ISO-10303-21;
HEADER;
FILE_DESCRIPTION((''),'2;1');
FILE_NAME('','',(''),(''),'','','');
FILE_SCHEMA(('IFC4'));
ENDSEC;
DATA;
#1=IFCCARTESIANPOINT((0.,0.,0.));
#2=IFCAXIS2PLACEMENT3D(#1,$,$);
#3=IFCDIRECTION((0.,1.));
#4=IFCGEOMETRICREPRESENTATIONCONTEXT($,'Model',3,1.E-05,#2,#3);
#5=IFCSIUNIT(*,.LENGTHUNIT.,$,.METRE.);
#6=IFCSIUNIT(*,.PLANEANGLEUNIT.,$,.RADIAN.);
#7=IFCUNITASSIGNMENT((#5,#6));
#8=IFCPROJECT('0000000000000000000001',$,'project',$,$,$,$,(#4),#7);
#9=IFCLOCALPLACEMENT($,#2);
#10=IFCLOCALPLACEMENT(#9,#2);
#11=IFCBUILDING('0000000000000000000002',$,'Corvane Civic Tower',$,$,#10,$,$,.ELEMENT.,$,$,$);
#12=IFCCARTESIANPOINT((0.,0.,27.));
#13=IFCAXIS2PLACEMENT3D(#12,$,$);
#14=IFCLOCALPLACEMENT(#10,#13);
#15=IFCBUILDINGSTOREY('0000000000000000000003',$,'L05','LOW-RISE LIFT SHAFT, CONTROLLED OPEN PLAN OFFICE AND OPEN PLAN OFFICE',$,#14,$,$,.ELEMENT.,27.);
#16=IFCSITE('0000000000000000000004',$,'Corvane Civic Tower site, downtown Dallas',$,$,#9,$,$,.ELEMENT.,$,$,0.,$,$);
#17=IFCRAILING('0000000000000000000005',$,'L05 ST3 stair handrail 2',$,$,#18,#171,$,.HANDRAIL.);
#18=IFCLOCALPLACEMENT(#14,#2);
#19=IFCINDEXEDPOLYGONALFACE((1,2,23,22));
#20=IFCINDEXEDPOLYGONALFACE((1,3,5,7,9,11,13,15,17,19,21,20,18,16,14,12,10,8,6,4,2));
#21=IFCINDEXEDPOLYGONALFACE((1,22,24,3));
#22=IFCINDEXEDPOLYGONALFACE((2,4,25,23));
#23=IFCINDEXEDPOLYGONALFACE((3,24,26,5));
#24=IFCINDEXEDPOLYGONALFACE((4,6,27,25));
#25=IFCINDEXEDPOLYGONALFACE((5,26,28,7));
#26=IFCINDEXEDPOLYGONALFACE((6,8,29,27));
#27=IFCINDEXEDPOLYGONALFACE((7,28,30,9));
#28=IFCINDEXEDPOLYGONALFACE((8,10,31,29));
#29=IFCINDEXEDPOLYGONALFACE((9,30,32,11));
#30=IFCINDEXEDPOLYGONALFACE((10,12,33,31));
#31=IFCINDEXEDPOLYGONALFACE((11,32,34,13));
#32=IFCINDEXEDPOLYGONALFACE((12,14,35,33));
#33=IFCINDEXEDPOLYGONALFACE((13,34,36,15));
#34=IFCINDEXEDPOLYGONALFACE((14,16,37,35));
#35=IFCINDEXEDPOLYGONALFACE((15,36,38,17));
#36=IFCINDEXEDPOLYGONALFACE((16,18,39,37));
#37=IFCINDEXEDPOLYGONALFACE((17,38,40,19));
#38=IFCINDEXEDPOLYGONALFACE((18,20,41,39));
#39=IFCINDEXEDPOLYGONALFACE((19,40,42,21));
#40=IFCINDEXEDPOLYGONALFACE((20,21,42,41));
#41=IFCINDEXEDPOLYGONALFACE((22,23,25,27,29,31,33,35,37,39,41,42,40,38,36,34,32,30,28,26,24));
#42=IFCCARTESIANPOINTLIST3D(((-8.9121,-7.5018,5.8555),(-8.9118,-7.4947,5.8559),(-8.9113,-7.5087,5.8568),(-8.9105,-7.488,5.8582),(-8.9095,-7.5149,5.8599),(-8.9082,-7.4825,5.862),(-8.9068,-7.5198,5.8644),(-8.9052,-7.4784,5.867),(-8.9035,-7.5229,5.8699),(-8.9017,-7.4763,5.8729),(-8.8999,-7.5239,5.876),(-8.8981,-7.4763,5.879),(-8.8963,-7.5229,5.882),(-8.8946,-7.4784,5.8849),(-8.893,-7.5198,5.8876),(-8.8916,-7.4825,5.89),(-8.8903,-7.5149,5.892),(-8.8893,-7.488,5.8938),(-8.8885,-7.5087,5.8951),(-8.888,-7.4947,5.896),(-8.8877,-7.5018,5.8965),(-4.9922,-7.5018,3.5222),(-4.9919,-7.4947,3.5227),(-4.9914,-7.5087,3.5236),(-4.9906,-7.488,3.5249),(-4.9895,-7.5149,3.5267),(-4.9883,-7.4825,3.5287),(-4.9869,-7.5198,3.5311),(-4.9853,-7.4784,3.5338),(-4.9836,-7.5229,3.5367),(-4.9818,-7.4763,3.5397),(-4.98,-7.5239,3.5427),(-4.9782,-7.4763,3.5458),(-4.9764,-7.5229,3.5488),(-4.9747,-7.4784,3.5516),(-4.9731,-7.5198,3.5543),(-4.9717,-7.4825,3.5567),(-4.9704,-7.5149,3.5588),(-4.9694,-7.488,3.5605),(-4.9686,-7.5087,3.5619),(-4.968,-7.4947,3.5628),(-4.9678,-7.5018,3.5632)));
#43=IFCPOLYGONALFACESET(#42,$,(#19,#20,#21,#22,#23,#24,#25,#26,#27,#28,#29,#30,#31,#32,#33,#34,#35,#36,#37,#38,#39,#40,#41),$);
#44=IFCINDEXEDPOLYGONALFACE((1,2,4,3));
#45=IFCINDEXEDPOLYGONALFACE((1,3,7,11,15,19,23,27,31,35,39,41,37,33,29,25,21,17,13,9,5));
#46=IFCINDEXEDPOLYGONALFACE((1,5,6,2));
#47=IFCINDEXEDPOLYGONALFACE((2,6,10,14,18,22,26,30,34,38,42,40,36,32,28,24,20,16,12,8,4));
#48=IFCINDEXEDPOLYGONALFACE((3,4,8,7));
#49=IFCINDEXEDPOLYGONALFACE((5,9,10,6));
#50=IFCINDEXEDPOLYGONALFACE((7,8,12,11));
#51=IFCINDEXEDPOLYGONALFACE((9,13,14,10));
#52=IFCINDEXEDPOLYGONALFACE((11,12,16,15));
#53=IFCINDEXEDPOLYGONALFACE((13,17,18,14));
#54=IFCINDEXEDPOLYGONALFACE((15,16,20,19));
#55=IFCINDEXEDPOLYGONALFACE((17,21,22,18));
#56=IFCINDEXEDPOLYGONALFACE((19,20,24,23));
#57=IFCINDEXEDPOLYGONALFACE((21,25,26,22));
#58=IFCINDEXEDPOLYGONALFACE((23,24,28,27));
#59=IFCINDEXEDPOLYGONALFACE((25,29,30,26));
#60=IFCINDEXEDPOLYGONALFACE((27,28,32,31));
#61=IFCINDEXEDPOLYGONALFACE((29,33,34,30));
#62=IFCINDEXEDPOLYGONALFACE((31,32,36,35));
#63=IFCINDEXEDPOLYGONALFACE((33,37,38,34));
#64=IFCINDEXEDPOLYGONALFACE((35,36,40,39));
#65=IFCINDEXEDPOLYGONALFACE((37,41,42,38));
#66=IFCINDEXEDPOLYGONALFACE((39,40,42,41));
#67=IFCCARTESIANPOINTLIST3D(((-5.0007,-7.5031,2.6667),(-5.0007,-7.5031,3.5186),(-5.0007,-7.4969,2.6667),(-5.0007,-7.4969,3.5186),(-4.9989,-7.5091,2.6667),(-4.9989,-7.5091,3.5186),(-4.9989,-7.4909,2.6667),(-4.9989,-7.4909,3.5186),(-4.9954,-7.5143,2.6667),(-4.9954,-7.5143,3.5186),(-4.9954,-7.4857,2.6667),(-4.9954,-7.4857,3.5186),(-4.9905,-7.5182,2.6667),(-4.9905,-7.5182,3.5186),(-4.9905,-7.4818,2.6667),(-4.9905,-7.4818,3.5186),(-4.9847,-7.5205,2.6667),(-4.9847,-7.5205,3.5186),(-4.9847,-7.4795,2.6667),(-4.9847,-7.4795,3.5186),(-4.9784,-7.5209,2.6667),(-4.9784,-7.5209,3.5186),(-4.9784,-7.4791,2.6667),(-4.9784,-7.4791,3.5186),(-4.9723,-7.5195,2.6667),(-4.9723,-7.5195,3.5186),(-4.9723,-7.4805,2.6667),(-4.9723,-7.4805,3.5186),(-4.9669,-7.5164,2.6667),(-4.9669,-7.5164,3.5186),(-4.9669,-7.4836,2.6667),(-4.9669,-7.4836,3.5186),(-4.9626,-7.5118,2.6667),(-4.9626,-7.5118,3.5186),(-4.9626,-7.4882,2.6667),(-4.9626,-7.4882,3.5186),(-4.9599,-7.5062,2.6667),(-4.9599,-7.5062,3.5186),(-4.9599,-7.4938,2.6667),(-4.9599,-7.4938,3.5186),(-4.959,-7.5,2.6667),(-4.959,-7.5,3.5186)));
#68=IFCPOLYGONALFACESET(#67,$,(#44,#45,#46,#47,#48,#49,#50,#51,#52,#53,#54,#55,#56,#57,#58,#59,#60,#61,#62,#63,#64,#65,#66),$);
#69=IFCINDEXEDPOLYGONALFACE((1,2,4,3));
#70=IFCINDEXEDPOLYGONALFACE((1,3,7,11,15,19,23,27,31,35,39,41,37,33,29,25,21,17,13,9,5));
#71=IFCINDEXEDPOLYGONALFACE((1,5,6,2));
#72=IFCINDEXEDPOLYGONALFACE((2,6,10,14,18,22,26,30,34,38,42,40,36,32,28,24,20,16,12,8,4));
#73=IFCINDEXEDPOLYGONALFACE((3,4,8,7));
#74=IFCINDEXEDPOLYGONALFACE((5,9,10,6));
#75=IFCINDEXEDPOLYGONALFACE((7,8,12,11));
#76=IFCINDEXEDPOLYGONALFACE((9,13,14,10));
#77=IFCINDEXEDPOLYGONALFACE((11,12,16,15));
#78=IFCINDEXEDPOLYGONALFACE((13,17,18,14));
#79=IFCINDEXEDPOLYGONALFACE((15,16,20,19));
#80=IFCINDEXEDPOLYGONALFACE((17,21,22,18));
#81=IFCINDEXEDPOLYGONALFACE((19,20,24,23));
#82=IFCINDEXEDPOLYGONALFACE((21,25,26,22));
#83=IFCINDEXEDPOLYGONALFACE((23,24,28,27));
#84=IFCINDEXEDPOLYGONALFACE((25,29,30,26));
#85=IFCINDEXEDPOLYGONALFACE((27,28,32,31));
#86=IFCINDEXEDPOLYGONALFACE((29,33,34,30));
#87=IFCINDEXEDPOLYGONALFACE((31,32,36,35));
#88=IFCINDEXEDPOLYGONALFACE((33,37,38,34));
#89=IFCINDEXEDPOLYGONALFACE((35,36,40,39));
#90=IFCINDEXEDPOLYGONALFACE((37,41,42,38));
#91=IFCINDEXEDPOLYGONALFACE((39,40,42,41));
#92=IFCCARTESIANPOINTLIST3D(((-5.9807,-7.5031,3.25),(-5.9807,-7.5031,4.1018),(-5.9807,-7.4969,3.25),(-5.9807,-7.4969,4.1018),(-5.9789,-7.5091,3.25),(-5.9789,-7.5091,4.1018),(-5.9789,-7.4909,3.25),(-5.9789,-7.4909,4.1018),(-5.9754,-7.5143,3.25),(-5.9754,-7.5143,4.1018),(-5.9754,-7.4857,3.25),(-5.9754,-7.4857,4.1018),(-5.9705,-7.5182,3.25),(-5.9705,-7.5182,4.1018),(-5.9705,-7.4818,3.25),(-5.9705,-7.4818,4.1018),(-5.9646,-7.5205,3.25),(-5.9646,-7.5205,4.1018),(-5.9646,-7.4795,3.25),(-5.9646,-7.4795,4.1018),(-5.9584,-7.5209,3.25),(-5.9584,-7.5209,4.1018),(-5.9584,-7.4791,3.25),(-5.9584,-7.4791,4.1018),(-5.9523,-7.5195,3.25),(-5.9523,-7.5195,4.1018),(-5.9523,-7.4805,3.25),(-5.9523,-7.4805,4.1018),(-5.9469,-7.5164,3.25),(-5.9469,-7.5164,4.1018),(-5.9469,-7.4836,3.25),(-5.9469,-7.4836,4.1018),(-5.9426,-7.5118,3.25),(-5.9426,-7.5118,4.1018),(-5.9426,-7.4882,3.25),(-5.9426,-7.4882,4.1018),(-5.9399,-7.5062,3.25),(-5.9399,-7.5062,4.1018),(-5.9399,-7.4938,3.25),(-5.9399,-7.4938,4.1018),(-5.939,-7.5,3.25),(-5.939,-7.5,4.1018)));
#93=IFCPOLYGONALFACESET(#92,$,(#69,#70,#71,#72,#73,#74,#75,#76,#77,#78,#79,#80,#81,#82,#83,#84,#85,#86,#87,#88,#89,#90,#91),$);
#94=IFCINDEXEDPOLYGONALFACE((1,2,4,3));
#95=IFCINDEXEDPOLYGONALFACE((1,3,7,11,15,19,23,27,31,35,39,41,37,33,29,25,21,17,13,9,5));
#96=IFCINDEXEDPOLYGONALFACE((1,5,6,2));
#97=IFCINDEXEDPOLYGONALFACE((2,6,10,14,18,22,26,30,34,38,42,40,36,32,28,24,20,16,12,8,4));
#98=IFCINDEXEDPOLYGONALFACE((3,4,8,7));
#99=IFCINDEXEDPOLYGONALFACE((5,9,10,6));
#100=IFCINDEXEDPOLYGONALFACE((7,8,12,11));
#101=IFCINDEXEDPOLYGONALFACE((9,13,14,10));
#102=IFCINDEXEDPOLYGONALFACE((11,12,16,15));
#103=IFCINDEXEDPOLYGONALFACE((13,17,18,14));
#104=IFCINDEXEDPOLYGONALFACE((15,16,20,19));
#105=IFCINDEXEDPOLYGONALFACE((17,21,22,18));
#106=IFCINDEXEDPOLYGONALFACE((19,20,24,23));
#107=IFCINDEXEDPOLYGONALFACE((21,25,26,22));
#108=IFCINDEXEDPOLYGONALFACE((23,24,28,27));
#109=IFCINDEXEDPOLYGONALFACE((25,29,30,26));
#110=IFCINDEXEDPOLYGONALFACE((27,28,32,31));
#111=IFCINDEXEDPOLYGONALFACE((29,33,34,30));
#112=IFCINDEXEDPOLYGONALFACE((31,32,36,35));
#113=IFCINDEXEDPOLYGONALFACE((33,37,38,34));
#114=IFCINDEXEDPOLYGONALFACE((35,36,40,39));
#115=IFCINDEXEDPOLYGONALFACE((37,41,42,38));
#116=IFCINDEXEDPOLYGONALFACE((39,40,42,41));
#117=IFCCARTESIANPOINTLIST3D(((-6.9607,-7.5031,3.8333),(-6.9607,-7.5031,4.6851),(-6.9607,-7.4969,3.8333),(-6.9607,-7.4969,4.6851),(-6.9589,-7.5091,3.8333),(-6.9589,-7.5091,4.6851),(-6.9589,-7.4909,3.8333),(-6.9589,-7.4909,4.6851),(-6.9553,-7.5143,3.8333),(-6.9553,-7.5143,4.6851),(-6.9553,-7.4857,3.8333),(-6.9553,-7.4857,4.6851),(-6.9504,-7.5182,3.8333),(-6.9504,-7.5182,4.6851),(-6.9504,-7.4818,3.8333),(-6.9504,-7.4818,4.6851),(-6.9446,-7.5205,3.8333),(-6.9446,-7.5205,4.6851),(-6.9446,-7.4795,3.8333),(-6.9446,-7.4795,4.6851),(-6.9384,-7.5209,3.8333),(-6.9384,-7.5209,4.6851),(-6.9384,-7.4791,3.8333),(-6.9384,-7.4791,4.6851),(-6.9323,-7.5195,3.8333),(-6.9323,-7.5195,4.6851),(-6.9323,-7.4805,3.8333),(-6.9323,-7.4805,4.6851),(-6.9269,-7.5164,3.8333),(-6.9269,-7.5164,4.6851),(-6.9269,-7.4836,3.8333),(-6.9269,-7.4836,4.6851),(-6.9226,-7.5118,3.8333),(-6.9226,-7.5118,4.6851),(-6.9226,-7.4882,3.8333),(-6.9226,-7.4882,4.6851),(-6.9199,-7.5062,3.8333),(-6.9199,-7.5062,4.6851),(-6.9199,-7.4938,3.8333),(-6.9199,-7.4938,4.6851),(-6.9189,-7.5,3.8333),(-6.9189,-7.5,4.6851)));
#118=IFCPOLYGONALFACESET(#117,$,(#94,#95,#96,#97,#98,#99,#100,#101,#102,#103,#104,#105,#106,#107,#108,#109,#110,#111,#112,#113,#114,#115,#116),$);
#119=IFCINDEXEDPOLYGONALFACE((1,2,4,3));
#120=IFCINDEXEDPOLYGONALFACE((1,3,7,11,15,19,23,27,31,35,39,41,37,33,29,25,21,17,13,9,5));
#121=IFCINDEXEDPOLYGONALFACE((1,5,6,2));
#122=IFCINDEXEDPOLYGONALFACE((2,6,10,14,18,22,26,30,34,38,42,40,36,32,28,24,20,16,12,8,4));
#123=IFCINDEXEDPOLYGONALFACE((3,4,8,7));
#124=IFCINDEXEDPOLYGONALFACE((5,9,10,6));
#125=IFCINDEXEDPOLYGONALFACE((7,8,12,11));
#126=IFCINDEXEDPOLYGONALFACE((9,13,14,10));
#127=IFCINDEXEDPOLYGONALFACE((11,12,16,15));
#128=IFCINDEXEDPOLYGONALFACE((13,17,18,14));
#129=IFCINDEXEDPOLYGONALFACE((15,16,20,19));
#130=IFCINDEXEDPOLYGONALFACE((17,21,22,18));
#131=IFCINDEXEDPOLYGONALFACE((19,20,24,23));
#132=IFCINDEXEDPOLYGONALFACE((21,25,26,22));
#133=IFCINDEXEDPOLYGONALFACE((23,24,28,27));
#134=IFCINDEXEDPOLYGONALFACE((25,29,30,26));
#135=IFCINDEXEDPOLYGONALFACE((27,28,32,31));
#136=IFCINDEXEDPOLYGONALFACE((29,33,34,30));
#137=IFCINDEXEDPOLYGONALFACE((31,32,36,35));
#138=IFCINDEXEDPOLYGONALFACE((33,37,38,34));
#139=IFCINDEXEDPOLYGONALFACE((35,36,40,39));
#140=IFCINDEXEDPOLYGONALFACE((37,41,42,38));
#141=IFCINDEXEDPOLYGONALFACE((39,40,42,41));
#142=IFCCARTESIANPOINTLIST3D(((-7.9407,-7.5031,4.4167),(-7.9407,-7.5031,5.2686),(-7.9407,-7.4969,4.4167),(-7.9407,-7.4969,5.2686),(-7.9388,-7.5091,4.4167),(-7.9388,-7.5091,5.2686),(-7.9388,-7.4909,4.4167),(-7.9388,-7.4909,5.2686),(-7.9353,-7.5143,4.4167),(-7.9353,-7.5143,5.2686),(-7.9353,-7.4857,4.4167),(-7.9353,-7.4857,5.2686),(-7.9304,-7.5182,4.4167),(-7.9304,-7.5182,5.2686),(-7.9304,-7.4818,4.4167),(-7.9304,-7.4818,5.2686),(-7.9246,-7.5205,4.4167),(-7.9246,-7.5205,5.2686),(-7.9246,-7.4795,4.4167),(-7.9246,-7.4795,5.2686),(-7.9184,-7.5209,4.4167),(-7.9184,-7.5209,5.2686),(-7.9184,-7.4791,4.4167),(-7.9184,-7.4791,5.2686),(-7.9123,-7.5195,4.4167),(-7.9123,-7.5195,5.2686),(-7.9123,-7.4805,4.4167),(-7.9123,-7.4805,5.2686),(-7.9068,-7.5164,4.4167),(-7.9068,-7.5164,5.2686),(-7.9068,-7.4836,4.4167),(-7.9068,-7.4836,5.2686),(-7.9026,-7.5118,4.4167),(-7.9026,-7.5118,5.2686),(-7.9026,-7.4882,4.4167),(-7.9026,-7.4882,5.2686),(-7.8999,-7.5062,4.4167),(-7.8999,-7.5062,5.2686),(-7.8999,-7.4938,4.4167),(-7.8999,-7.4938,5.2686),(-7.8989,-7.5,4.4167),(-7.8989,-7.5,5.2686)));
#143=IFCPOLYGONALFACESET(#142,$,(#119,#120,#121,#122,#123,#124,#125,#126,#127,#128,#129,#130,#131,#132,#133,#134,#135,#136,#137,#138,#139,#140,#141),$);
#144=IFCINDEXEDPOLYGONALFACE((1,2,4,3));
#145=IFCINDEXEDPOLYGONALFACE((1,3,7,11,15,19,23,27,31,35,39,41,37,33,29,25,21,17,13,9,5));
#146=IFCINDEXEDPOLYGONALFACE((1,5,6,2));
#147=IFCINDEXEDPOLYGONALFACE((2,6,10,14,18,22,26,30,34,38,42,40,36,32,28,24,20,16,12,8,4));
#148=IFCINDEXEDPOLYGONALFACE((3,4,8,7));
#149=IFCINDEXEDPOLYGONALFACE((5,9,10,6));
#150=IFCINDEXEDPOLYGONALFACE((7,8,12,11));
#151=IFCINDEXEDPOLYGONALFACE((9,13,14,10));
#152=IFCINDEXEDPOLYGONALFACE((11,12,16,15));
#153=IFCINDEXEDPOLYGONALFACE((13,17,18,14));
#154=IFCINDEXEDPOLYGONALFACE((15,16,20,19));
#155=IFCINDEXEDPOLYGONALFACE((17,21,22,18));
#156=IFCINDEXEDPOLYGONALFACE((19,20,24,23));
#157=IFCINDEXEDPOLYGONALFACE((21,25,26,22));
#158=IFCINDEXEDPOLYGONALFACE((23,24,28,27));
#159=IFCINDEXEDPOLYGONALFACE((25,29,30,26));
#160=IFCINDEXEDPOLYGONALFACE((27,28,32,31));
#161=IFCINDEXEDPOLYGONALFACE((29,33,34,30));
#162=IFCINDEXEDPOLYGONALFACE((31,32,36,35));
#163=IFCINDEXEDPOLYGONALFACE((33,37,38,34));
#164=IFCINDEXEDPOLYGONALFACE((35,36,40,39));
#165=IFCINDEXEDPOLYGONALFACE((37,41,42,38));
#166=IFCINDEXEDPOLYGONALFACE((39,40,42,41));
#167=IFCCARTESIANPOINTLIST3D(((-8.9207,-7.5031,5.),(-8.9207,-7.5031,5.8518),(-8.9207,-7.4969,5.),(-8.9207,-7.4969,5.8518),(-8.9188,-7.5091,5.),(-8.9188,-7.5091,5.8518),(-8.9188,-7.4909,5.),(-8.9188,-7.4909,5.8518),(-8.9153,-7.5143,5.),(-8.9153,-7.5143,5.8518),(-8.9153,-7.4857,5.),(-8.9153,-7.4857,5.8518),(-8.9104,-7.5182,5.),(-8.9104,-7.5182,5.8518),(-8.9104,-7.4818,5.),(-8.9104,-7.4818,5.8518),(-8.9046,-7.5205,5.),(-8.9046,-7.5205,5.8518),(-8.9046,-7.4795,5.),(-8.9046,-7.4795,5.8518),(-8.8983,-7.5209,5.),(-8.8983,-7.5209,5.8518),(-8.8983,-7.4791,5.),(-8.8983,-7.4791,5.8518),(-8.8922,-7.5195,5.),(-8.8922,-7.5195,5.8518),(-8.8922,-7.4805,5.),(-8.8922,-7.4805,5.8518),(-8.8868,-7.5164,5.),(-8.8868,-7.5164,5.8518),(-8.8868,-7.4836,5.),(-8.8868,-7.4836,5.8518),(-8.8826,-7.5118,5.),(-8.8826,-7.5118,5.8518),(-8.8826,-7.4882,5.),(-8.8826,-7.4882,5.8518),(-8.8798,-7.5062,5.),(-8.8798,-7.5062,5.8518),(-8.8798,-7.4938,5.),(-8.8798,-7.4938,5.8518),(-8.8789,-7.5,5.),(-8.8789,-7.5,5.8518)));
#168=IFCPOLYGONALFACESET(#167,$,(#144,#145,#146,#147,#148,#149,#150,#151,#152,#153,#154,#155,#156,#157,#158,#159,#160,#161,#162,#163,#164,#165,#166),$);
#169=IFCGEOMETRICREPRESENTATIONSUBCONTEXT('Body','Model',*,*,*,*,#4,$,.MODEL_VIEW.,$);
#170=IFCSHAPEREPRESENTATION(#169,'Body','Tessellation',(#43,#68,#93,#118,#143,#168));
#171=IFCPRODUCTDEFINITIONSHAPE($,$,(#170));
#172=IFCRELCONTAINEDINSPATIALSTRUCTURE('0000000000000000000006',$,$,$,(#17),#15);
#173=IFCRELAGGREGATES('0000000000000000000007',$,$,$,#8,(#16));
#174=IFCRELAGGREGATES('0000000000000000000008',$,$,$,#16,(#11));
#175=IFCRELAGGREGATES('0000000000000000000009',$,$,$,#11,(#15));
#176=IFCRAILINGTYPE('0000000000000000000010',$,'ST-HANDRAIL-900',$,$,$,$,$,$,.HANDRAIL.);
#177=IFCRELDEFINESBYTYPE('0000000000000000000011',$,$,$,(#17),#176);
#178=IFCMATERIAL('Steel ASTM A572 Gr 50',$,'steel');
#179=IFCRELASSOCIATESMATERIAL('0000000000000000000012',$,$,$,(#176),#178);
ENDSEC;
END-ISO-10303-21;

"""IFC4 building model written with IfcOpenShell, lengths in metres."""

from ifc_helpers import new_model, si_unit, direction, frame, origin, origin_2d, place, context, subcontext, project, spatial, circle, extrude, material, type_object, element, save


model = new_model("IFC4")

# Units and contexts
model_context = context("Model", 3, precision=1e-05, world=origin(), true_north=direction((0.0, 1.0)))
body_context = subcontext(model_context, "Body", "Model", "MODEL_VIEW")
ifc_project = project(units=[si_unit("LENGTHUNIT", "METRE"), si_unit("PLANEANGLEUNIT", "RADIAN")], contexts=[model_context])

# Site, building, storey
site_placement = place(None, origin())
site = spatial("IfcSite", under=ifc_project, at=site_placement, Name="Corvane Civic Tower site, downtown Dallas", CompositionType="ELEMENT", RefElevation=0.0)
building_placement = place(site_placement, origin())
building = spatial("IfcBuilding", under=site, at=building_placement, Name="Corvane Civic Tower", CompositionType="ELEMENT")
storey_placement = place(building_placement, frame((0.0, 0.0, 27.0)))
storey = spatial("IfcBuildingStorey", under=building, at=storey_placement, Name="L05", Description="LOW-RISE LIFT SHAFT, CONTROLLED OPEN PLAN OFFICE AND OPEN PLAN OFFICE", CompositionType="ELEMENT", Elevation=27.0)

# Railing
ifc_material_1 = material(Name="Steel ASTM A572 Gr 50", Category="steel")
railing_type_1 = type_object("IfcRailingType", Name="ST-HANDRAIL-900", PredefinedType="HANDRAIL", material=ifc_material_1)
railing_1_placement = place(storey_placement, frame((-4.98, -7.5, 2.6667)))
element("IfcRailing", 1, at=railing_1_placement, inside=storey, type_object=railing_type_1, Name="L05 ST3 stair handrail 2", PredefinedType="HANDRAIL", context=body_context, shape_type="SweptSolid", body=[
    extrude(circle(Radius=0.0239, at=origin_2d()), frame((0.0, 0.0, 0.876), z_axis=(-0.859296, 0.0, 0.511478), x_axis=(0.0, -1.0, 0.0)), (0.0, 0.0, 1.0), 4.5618),
    extrude(circle(Radius=0.021, at=origin_2d()), origin(), (0.0, 0.0, 1.0), 0.8518),
    extrude(circle(Radius=0.021, at=origin_2d()), frame((-0.98, 0.0, 0.5833)), (0.0, 0.0, 1.0), 0.8518),
    extrude(circle(Radius=0.021, at=origin_2d()), frame((-1.96, 0.0, 1.1665)), (0.0, 0.0, 1.0), 0.8518),
    extrude(circle(Radius=0.021, at=origin_2d()), frame((-2.9399, 0.0, 1.75)), (0.0, 0.0, 1.0), 0.8518),
    extrude(circle(Radius=0.021, at=origin_2d()), frame((-3.9199, 0.0, 2.3333)), (0.0, 0.0, 1.0), 0.8518),
])

save(model, "model.ifc")
